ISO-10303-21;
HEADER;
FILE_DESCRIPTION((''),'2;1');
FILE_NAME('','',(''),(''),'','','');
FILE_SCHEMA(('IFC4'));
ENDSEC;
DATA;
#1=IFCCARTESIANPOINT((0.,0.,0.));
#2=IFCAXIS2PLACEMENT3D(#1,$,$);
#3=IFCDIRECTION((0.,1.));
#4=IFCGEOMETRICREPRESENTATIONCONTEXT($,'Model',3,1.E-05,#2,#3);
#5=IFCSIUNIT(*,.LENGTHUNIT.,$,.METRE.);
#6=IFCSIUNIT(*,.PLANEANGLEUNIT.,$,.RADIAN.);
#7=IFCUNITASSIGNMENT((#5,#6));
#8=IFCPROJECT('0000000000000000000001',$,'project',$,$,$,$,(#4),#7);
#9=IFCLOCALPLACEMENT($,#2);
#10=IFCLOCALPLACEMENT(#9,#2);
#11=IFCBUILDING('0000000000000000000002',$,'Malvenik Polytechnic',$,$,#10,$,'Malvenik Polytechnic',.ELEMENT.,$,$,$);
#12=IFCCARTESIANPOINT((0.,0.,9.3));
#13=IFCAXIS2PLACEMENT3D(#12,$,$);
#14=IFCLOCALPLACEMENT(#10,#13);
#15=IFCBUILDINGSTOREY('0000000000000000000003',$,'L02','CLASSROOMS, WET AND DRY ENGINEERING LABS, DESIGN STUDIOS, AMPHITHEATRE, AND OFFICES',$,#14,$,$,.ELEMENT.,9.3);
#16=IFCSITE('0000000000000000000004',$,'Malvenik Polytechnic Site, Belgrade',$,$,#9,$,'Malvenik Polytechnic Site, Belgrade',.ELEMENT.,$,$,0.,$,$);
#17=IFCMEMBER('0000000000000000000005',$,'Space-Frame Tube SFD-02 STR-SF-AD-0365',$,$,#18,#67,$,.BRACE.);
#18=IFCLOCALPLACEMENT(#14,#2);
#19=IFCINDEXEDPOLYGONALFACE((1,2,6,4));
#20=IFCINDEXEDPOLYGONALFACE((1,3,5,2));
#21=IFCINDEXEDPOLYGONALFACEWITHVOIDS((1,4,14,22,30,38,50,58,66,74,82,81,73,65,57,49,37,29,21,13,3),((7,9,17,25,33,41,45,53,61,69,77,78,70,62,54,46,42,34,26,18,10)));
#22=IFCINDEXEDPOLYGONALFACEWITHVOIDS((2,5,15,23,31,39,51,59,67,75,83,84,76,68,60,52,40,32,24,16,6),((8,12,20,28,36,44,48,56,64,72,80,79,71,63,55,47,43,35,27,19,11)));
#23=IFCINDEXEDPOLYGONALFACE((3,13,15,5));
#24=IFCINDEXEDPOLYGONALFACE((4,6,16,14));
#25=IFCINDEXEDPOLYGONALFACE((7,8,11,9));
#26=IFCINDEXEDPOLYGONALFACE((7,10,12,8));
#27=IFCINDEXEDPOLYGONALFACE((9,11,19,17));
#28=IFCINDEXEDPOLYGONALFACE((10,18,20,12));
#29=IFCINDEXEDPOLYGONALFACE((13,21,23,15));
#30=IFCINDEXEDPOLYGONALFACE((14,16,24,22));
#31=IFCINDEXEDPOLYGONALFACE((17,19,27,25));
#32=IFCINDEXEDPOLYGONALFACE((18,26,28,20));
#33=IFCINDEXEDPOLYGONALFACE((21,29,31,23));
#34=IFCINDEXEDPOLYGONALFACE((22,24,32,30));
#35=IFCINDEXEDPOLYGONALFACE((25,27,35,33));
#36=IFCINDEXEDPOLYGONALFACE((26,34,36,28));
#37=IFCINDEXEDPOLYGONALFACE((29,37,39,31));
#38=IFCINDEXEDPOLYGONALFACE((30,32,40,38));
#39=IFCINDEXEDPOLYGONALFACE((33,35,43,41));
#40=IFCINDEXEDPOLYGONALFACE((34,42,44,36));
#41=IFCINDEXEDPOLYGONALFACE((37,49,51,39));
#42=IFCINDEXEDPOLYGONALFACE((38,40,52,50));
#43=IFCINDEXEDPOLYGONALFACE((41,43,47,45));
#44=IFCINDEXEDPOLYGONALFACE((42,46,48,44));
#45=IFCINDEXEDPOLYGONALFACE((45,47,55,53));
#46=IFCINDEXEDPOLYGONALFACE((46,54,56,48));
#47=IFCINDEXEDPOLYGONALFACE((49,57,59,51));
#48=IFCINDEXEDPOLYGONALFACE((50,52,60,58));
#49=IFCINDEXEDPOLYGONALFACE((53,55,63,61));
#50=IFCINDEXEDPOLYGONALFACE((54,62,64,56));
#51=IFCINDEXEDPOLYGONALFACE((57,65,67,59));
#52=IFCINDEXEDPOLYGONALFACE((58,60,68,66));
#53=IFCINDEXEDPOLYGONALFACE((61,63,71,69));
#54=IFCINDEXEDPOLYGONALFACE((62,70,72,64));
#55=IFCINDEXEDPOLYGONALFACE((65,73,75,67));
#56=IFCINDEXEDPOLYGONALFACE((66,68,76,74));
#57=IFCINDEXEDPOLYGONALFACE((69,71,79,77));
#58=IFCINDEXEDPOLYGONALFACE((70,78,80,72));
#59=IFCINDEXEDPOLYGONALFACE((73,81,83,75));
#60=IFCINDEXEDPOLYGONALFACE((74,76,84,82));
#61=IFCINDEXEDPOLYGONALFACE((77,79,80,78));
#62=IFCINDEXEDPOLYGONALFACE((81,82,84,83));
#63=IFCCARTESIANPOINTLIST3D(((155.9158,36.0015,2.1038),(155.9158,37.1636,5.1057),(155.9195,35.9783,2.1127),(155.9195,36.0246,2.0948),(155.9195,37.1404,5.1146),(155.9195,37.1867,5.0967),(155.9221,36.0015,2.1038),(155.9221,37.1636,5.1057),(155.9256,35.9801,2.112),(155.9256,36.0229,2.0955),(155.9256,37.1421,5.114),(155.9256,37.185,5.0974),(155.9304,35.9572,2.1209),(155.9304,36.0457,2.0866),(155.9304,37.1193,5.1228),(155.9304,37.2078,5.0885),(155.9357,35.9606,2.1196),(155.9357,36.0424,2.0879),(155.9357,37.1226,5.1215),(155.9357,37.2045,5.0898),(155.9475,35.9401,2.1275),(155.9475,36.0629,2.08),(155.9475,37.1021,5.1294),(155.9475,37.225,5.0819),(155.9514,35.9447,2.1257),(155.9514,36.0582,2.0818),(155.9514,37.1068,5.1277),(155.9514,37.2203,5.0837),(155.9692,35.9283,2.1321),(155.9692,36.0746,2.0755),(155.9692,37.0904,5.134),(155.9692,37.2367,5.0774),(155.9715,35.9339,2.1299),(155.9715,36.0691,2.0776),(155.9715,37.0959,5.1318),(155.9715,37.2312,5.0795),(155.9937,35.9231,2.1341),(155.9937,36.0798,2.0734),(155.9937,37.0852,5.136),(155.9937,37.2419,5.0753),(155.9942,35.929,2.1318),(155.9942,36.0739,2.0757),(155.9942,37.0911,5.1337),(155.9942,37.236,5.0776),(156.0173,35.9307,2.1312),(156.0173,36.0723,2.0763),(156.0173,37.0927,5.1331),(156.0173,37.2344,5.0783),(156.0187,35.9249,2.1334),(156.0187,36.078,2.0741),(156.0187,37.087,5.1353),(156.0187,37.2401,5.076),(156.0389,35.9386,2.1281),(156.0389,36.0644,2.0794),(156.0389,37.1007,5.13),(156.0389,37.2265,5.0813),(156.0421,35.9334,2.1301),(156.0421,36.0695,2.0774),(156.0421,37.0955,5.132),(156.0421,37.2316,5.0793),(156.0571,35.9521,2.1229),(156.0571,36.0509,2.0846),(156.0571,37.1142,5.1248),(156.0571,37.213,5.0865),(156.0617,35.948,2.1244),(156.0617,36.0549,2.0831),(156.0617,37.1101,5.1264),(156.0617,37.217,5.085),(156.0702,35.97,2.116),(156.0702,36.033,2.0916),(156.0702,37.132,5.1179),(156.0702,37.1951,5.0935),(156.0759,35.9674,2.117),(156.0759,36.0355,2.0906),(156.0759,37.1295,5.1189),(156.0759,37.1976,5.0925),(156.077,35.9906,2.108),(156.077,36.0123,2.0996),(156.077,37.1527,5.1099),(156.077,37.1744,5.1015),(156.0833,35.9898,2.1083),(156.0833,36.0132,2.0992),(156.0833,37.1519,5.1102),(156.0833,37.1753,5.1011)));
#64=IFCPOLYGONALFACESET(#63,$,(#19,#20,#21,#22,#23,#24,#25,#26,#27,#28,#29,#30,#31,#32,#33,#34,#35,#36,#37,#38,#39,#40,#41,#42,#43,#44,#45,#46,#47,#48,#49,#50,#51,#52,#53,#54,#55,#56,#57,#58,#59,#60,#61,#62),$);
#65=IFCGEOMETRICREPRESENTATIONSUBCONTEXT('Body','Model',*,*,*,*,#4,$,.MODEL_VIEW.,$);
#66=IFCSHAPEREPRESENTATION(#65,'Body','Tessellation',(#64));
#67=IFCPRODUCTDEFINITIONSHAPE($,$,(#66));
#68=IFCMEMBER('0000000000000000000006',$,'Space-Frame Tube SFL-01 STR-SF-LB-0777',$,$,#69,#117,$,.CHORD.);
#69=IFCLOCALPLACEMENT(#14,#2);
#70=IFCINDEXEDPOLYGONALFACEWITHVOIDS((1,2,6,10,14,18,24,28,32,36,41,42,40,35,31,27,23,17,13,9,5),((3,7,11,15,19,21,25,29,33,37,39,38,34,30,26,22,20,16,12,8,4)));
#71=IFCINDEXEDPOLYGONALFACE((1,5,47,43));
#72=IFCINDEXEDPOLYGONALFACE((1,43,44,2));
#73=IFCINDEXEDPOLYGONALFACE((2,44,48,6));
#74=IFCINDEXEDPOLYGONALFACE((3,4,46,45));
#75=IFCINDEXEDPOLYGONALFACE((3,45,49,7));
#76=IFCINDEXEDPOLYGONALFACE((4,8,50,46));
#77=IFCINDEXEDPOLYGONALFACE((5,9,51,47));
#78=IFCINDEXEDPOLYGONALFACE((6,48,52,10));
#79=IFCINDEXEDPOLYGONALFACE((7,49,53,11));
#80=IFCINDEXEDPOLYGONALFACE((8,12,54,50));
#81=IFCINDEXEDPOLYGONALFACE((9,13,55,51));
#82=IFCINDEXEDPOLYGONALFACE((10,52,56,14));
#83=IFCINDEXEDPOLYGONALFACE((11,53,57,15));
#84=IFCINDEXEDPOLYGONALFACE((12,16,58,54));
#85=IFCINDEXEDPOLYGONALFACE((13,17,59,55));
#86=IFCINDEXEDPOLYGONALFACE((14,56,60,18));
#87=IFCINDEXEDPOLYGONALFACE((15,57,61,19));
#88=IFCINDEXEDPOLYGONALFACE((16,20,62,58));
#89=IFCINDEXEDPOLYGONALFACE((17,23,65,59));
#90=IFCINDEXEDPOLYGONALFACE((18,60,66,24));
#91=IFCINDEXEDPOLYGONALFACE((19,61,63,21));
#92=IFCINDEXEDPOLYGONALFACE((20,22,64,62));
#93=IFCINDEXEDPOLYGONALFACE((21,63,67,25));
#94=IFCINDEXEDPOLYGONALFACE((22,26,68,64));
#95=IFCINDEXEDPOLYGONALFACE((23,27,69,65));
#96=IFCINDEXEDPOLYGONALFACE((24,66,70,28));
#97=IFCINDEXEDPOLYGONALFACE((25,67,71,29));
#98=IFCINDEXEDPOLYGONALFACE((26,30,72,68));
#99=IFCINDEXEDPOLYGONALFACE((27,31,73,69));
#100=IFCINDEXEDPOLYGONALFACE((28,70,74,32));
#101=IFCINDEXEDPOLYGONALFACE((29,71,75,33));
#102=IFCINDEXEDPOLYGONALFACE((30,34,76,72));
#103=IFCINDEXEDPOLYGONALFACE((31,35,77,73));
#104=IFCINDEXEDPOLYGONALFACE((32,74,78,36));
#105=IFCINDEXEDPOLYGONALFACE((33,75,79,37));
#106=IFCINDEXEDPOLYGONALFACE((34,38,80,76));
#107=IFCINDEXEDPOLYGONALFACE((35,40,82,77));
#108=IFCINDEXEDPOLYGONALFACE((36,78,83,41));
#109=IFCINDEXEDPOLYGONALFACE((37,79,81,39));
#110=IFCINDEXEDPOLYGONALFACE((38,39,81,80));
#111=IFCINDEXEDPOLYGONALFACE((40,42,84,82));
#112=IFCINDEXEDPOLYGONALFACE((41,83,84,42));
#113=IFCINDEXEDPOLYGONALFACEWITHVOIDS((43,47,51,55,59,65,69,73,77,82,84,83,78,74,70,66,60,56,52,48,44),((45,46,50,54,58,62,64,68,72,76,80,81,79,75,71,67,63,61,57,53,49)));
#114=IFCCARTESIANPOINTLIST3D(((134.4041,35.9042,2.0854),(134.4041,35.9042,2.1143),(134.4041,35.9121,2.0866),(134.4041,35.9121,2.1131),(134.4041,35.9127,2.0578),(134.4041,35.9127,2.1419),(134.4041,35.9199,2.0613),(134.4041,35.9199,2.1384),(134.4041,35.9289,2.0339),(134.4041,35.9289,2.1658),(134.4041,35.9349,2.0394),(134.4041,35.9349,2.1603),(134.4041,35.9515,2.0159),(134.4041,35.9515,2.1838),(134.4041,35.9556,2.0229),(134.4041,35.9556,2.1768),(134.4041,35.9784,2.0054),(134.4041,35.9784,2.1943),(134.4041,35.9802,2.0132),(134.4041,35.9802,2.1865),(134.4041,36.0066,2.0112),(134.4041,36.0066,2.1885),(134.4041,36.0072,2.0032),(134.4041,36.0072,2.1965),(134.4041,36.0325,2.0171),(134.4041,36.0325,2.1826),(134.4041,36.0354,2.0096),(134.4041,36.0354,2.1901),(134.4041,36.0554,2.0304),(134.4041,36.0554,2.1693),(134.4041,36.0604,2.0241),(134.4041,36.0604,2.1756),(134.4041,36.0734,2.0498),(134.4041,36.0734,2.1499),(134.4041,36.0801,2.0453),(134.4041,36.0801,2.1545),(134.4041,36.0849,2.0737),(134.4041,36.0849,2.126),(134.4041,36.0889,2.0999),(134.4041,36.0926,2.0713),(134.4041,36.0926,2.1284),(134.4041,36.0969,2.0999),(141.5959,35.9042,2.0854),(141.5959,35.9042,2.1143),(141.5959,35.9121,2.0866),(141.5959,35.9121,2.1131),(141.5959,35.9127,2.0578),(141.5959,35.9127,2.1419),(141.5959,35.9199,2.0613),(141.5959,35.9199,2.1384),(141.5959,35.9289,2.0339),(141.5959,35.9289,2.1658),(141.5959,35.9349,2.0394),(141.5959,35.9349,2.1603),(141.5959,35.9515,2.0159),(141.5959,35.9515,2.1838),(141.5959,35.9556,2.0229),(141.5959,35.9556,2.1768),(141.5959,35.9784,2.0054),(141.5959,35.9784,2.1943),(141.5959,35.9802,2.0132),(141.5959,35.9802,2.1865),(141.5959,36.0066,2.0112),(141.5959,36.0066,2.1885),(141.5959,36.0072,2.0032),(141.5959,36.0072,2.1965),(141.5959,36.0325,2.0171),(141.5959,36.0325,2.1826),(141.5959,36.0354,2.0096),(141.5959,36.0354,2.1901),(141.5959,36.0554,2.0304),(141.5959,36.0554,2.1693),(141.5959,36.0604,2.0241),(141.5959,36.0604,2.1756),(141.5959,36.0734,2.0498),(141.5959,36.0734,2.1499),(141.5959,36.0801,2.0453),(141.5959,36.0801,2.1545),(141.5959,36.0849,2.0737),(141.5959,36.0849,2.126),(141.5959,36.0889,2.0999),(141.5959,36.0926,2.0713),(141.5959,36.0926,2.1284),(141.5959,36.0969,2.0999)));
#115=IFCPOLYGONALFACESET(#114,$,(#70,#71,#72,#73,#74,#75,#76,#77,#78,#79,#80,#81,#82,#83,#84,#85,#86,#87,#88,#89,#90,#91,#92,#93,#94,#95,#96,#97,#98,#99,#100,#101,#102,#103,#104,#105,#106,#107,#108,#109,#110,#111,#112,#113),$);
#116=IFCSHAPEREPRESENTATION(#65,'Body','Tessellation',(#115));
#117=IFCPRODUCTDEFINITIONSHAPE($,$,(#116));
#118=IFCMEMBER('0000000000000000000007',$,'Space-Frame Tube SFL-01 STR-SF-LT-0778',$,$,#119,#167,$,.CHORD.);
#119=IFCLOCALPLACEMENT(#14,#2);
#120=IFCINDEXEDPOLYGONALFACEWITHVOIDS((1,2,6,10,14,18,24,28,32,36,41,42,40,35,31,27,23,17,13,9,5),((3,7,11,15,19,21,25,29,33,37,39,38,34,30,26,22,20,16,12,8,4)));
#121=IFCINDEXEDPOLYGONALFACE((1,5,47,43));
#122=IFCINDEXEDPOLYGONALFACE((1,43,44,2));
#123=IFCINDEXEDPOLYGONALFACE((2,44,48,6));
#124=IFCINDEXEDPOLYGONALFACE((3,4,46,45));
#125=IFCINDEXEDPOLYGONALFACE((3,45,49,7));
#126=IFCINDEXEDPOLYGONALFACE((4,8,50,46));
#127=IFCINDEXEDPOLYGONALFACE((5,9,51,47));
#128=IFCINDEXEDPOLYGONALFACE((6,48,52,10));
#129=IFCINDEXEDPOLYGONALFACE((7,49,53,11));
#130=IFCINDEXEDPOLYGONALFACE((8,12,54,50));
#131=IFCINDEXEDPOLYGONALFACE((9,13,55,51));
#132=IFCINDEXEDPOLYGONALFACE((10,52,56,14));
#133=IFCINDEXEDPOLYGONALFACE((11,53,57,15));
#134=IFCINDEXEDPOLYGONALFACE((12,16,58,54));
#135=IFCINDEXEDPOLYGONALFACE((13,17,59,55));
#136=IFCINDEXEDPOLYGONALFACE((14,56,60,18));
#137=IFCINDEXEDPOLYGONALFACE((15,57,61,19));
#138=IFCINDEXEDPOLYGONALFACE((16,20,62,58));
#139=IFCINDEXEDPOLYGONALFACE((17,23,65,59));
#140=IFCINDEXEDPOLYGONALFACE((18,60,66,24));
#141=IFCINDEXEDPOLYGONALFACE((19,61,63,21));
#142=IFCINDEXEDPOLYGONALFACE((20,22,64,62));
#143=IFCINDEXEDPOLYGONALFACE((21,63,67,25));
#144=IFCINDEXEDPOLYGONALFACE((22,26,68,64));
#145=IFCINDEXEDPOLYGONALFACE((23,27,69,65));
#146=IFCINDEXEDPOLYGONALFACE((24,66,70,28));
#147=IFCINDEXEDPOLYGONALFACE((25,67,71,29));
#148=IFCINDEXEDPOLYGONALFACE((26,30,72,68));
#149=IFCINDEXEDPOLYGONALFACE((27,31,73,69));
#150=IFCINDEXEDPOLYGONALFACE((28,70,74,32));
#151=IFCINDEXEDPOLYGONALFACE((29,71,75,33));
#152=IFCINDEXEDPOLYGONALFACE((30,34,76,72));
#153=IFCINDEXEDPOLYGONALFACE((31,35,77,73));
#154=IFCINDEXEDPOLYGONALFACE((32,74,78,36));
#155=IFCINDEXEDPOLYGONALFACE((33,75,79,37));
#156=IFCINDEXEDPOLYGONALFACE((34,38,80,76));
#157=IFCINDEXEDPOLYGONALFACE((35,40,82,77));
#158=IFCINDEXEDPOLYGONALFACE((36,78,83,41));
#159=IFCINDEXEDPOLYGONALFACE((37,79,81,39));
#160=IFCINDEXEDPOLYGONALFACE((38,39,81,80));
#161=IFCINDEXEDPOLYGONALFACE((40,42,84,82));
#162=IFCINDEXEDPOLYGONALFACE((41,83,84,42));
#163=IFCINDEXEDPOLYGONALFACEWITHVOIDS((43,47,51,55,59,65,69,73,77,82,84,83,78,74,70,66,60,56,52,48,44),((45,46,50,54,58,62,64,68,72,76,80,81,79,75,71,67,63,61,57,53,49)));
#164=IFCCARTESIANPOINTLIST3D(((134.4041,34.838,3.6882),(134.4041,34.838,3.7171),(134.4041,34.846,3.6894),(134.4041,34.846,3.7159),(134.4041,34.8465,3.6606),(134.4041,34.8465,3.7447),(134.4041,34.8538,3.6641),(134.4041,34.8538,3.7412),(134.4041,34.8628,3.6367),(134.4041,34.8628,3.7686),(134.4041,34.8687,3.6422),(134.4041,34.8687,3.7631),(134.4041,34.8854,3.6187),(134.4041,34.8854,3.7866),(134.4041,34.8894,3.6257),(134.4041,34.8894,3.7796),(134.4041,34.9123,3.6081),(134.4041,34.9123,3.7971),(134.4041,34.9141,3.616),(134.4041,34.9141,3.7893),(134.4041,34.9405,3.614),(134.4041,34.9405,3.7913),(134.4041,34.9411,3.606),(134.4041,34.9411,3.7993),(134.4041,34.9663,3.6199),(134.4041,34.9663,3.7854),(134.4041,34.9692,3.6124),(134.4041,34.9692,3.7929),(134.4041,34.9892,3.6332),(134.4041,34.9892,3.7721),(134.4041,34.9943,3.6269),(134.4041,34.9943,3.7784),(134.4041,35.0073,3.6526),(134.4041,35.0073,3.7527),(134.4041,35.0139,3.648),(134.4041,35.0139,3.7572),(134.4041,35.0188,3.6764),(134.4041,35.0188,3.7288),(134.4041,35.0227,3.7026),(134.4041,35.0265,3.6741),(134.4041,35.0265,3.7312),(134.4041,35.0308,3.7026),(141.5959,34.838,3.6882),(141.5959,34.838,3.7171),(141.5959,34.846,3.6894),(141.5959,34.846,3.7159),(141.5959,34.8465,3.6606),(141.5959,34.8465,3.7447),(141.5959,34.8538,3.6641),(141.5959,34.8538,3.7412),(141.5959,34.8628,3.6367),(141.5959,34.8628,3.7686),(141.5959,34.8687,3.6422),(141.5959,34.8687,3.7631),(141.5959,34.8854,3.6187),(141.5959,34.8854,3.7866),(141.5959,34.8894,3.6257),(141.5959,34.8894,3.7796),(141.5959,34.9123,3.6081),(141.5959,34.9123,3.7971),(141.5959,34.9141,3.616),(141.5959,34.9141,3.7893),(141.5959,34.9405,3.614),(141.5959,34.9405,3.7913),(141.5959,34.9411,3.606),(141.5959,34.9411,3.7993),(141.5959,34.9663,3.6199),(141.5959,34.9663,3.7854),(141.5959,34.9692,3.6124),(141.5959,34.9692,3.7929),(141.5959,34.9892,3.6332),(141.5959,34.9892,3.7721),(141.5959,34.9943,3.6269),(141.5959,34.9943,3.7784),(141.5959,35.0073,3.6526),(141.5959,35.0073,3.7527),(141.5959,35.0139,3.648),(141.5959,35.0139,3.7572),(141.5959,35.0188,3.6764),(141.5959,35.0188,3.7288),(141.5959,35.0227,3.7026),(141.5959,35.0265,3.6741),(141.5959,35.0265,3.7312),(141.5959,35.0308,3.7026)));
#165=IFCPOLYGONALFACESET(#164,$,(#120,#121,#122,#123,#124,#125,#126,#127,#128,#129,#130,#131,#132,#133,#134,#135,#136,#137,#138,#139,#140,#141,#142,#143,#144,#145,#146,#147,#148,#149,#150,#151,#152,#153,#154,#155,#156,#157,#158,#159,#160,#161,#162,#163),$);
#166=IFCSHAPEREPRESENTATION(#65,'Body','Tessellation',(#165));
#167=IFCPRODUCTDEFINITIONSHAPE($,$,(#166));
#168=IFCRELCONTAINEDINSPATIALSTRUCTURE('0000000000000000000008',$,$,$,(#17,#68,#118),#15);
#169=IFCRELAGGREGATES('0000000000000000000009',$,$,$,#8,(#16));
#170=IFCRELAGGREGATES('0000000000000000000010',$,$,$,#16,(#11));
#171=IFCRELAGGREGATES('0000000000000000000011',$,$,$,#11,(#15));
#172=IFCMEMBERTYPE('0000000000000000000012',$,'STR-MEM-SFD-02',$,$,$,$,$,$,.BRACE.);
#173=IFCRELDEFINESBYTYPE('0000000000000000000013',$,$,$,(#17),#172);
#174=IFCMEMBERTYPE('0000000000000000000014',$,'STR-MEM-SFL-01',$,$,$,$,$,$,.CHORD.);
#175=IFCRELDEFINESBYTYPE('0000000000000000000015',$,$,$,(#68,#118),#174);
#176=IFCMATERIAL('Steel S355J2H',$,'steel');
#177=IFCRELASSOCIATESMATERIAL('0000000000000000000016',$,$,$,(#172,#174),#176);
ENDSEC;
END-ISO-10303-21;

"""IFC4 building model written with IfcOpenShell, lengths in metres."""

from ifc_helpers import new_model, si_unit, direction, frame, origin, origin_2d, place, context, subcontext, project, spatial, hollow_circle, extrude, material, material_profile, profile_set, type_object, element, save


model = new_model("IFC4")

# Units and contexts
model_context = context("Model", 3, precision=1e-05, world=origin(), true_north=direction((0.0, 1.0)))
body_context = subcontext(model_context, "Body", "Model", "MODEL_VIEW")
ifc_project = project(units=[si_unit("LENGTHUNIT", "METRE"), si_unit("PLANEANGLEUNIT", "RADIAN")], contexts=[model_context])

# Site, building, storey
site_placement = place(None, origin())
site = spatial("IfcSite", under=ifc_project, at=site_placement, Name="Malvenik Polytechnic Site, Belgrade", LongName="Malvenik Polytechnic Site, Belgrade", CompositionType="ELEMENT", RefElevation=0.0)
building_placement = place(site_placement, origin())
building = spatial("IfcBuilding", under=site, at=building_placement, Name="Malvenik Polytechnic", LongName="Malvenik Polytechnic", CompositionType="ELEMENT")
storey_placement = place(building_placement, frame((0.0, 0.0, 9.3)))
storey = spatial("IfcBuildingStorey", under=building, at=storey_placement, Name="L02", Description="CLASSROOMS, WET AND DRY ENGINEERING LABS, DESIGN STUDIOS, AMPHITHEATRE, AND OFFICES", CompositionType="ELEMENT", Elevation=9.3)

# Members
ifc_material_1 = material(Name="Steel S355J2H", Category="steel")
ifc_material_profile_1 = material_profile(ifc_material_1, hollow_circle(Radius=0.0842, WallThickness=0.0063, at=origin_2d()), Name="CHS 168.3x6.3")
ifc_profile_set_1 = profile_set([ifc_material_profile_1], Name="Steel S355J2H")
member_type_1 = type_object("IfcMemberType", Name="STR-MEM-SFD-02", PredefinedType="BRACE", material=ifc_profile_set_1)
for number, where, z_axis, x_axis, name in (
    (1, (156.0, 36.0015, 2.1038), (0.0, 0.361011, 0.932562), (-1.0, 0.0, 0.0), "Space-Frame Tube SFD-02 STR-SF-AD-0365"),
):
    element("IfcMember", number, at=place(storey_placement, frame(where, z_axis=z_axis, x_axis=x_axis)), inside=storey, type_object=member_type_1, Name=name, PredefinedType="BRACE", context=body_context, shape_type="SweptSolid", body=[
        extrude(hollow_circle(Radius=0.0842, WallThickness=0.0063, at=origin_2d()), origin(), (0.0, 0.0, 1.0), 3.219),
    ])
ifc_material_profile_2 = material_profile(ifc_material_1, hollow_circle(Radius=0.0969, WallThickness=0.0081, at=origin_2d()), Name="CHS 193.7x8.0")
ifc_profile_set_2 = profile_set([ifc_material_profile_2], Name="Steel S355J2H")
member_type_2 = type_object("IfcMemberType", Name="STR-MEM-SFL-01", PredefinedType="CHORD", material=ifc_profile_set_2)
for number, where, z_axis, x_axis, name in (
    (2, (134.4041, 36.0, 2.0999), (1.0, 0.0, 0.0), (0.0, 1.0, 0.0), "Space-Frame Tube SFL-01 STR-SF-LB-0777"),
    (3, (134.4041, 34.9338, 3.7026), (1.0, 0.0, 0.0), (0.0, 1.0, 0.0), "Space-Frame Tube SFL-01 STR-SF-LT-0778"),
):
    element("IfcMember", number, at=place(storey_placement, frame(where, z_axis=z_axis, x_axis=x_axis)), inside=storey, type_object=member_type_2, Name=name, PredefinedType="CHORD", context=body_context, shape_type="SweptSolid", body=[
        extrude(hollow_circle(Radius=0.0969, WallThickness=0.0081, at=origin_2d()), origin(), (0.0, 0.0, 1.0), 7.1919),
    ])

save(model, "model.ifc")
